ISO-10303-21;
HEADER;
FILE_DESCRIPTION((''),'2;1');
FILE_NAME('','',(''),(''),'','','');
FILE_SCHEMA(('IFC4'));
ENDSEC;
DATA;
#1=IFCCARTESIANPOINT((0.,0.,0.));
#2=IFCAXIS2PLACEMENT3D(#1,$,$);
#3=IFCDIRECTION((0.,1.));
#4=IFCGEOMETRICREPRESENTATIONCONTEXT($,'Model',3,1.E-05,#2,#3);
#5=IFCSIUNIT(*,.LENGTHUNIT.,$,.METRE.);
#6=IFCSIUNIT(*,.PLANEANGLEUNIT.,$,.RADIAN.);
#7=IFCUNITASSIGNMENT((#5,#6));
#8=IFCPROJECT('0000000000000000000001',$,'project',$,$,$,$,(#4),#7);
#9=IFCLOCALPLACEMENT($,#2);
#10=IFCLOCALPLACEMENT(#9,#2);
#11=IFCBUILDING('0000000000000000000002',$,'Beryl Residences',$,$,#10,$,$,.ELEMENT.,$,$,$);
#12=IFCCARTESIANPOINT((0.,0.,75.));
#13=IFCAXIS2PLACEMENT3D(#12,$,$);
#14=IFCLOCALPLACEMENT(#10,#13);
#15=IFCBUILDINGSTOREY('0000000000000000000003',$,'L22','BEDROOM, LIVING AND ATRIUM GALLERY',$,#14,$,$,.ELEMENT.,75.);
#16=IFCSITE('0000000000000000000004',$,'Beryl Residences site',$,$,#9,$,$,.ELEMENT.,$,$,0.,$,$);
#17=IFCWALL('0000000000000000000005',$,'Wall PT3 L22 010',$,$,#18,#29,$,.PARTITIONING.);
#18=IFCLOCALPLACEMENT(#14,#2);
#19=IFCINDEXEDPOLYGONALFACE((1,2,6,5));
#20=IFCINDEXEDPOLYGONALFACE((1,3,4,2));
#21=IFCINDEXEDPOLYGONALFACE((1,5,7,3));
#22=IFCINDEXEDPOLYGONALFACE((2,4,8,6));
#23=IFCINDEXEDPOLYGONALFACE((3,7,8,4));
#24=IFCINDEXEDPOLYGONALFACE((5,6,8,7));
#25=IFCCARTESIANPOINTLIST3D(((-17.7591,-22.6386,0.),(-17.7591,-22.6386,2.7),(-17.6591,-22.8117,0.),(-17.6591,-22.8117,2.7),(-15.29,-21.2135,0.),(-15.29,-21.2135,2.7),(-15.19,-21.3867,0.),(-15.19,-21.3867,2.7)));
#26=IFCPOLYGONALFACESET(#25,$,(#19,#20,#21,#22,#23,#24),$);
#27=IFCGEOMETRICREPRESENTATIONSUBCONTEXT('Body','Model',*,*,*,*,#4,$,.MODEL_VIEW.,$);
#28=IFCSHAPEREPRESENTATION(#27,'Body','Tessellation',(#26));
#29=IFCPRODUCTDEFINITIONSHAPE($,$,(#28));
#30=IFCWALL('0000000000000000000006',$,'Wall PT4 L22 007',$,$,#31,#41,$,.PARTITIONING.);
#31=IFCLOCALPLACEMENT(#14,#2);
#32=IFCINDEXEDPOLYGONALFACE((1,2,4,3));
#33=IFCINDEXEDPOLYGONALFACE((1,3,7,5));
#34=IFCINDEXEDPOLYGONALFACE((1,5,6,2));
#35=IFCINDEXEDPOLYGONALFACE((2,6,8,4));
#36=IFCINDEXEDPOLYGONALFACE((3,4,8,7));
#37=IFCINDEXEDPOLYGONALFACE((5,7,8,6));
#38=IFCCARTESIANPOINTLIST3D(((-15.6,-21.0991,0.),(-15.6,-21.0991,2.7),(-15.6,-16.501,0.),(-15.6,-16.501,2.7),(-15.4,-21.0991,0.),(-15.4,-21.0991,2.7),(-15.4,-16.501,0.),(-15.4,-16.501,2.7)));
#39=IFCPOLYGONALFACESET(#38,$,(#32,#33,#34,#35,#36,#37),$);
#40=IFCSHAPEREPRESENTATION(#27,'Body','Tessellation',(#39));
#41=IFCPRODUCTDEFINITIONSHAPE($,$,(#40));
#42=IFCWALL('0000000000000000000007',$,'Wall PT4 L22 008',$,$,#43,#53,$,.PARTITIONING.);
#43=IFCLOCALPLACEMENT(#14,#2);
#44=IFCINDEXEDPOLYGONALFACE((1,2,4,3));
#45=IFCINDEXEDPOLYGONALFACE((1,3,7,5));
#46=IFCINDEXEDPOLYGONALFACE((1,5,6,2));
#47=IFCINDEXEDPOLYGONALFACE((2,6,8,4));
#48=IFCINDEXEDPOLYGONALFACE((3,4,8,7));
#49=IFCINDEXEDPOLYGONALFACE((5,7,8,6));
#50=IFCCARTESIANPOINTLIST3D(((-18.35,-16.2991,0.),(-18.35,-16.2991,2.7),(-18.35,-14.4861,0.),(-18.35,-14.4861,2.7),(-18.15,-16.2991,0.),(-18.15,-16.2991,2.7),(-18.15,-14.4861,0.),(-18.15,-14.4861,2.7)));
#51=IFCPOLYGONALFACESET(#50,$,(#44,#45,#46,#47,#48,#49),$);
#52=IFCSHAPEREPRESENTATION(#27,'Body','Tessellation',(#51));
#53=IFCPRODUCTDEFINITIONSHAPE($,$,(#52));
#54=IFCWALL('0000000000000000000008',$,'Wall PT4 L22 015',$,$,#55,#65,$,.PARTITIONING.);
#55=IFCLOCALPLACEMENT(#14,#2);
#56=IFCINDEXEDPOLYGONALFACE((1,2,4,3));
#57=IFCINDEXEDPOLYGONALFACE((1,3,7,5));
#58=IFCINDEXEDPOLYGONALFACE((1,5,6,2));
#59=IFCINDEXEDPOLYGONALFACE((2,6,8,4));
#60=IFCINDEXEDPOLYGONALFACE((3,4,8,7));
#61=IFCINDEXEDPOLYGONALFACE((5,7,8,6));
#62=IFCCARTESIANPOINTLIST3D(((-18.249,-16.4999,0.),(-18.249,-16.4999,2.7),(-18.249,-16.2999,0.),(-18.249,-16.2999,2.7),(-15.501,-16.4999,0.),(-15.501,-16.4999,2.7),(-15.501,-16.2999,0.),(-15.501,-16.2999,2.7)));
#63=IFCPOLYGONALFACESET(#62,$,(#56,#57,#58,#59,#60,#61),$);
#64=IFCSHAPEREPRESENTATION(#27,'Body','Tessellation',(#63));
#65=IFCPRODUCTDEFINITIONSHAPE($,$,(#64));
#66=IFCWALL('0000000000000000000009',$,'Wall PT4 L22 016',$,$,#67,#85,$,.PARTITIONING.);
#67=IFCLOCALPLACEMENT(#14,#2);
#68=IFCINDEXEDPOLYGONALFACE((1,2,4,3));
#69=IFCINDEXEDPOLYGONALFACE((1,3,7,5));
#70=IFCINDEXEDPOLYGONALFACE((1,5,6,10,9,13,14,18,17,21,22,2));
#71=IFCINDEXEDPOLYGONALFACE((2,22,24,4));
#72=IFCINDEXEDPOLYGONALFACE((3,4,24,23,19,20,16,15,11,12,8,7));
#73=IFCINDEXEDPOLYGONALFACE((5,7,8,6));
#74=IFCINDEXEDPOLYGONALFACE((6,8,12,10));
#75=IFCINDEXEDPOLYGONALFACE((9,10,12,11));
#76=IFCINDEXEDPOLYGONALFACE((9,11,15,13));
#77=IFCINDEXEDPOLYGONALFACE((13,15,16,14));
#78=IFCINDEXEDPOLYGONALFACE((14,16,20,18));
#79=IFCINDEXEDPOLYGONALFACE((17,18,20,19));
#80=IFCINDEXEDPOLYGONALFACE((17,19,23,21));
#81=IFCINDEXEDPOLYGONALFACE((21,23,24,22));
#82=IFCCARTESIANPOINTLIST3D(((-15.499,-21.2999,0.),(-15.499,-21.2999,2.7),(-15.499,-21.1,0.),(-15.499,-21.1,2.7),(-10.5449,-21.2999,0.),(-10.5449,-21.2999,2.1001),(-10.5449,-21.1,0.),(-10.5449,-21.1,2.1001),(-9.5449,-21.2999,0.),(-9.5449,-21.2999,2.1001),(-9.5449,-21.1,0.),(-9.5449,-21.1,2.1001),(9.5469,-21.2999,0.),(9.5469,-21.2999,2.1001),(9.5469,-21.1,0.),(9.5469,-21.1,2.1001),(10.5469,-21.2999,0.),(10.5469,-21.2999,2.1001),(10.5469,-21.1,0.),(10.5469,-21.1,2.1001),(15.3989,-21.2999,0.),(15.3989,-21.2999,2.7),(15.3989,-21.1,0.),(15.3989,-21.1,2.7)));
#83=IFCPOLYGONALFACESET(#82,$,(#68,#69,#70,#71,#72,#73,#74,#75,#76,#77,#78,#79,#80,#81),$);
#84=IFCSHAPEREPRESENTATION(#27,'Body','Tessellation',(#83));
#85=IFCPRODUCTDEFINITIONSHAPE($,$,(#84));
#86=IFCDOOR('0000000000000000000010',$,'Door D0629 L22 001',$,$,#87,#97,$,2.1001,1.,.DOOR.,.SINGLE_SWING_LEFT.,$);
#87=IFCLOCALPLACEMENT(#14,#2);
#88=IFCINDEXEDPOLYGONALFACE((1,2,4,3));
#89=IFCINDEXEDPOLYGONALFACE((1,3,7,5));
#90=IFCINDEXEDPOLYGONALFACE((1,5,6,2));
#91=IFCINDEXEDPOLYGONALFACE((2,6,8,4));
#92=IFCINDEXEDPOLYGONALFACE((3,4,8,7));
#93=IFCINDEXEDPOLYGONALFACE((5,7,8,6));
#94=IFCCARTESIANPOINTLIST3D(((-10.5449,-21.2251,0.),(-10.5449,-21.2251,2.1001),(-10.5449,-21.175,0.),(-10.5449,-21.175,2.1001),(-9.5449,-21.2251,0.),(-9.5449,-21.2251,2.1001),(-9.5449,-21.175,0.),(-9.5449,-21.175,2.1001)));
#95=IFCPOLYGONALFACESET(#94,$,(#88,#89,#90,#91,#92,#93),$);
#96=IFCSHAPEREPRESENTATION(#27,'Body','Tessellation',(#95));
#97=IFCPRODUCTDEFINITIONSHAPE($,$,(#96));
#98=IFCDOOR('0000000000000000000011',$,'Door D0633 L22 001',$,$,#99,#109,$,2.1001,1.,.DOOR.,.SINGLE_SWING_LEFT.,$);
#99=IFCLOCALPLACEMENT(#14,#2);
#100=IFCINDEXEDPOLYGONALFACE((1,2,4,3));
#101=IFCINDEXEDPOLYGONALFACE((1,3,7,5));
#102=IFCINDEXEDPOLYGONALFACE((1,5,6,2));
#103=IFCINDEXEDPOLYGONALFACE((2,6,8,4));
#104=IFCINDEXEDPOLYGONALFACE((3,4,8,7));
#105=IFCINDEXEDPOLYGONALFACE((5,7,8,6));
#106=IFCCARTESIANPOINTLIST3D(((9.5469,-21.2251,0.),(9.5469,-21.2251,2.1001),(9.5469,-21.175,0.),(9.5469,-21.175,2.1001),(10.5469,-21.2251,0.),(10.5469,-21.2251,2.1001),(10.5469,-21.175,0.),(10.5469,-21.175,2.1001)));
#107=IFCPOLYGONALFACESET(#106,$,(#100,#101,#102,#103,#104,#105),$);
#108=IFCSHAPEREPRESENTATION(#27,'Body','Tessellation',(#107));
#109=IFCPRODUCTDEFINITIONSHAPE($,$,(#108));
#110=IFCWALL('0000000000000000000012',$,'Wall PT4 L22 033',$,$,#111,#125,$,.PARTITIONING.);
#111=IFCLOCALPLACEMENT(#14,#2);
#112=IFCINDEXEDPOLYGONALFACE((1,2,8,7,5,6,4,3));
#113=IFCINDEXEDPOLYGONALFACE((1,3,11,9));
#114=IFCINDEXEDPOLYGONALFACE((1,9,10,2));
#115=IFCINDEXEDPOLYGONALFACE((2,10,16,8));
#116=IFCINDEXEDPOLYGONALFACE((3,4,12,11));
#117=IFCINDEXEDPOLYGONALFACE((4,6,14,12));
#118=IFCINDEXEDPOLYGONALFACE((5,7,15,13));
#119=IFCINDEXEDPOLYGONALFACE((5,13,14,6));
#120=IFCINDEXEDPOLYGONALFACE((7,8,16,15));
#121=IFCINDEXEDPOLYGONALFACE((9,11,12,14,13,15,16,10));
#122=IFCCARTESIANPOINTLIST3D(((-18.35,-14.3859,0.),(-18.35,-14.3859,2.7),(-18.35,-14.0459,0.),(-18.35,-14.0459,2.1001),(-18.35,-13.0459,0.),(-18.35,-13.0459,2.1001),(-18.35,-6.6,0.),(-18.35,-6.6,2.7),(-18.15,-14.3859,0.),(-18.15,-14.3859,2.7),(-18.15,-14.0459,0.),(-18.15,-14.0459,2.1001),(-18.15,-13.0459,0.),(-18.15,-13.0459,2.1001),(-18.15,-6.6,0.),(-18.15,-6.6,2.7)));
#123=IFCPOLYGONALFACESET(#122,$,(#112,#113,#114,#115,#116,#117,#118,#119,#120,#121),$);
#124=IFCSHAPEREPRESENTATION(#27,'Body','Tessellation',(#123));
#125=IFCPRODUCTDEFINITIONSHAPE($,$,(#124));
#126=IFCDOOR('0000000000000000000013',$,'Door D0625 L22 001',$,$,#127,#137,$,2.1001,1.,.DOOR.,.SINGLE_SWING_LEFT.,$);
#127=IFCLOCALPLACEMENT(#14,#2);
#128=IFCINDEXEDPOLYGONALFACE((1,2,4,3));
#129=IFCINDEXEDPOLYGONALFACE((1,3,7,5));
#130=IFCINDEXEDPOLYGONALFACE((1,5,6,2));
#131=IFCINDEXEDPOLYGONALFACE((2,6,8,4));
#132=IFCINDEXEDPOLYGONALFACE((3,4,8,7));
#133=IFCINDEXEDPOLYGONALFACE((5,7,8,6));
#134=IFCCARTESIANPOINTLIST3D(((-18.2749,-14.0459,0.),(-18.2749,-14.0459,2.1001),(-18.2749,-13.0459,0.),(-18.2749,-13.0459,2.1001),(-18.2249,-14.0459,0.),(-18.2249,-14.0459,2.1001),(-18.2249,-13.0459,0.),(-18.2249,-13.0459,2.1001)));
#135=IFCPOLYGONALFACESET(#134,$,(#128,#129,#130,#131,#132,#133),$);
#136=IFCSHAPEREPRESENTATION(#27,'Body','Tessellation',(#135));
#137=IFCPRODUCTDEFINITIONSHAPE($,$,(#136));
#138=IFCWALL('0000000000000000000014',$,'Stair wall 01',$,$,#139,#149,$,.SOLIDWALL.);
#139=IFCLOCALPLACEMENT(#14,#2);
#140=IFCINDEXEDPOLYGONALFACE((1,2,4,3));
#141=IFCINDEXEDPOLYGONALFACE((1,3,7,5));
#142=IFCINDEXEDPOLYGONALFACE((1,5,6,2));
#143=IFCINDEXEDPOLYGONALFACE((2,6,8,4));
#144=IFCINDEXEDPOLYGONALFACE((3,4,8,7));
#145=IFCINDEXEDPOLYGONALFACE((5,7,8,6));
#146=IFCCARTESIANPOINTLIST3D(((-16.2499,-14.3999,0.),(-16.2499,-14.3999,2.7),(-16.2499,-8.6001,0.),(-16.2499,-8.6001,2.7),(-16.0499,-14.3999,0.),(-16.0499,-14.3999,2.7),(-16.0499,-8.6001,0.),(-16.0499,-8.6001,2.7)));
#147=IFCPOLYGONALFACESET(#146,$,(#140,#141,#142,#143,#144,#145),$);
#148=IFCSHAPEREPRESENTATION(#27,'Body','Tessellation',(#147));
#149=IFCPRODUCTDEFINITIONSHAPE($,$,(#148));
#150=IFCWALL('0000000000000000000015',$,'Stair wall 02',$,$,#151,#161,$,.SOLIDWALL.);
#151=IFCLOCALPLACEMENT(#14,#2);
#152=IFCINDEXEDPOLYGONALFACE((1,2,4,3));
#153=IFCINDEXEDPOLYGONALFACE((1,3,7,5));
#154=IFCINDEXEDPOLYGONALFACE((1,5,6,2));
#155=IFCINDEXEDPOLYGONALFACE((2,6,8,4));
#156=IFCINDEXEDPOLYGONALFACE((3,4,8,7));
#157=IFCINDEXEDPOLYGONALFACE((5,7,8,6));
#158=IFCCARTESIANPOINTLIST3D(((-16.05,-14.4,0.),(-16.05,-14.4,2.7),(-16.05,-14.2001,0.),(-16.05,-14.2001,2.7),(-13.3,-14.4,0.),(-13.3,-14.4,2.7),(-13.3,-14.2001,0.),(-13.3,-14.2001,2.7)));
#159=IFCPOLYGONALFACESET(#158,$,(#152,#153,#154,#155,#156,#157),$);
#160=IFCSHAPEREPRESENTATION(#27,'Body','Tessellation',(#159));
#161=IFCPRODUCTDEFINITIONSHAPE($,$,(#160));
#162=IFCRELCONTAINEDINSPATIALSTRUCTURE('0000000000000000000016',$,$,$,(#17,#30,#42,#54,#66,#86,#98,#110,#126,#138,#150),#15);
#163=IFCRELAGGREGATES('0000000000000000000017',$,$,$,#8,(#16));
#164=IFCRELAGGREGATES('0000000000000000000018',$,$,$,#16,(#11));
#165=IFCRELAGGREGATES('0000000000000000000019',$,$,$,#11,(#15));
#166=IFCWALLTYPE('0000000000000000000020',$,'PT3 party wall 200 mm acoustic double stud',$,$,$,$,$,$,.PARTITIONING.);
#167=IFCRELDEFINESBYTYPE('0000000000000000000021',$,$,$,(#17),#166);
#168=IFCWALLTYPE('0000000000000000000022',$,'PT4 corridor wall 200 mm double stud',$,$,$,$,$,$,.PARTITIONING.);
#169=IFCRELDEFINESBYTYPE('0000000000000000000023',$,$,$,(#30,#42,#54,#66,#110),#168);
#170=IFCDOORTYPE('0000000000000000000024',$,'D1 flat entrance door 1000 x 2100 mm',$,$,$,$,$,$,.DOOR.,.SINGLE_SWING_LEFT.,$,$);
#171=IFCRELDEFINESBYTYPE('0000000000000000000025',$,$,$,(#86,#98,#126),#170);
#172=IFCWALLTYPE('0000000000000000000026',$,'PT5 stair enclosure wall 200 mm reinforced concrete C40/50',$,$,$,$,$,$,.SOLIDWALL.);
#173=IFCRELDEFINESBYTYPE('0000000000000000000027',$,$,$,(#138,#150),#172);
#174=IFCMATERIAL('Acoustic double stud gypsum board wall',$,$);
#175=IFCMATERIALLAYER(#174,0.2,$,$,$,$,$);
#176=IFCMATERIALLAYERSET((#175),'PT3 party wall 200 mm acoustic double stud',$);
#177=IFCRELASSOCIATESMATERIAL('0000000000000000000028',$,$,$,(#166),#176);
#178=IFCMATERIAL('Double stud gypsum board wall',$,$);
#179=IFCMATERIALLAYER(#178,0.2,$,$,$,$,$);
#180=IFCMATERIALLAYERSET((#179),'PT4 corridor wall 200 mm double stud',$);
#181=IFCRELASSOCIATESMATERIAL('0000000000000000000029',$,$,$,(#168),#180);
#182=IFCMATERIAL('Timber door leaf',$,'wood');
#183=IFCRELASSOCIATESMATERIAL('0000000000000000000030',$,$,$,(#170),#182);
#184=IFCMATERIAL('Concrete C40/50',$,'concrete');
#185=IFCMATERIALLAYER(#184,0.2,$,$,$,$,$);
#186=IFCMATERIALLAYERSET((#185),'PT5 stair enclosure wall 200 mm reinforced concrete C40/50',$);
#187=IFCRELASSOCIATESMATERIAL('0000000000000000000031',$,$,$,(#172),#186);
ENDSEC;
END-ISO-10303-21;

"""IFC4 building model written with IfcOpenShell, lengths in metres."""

from ifc_helpers import new_model, si_unit, direction, frame, frame_2d, origin, place, context, subcontext, project, spatial, rectangle, extrude, material, layer, layer_set, type_object, element, fill, save


model = new_model("IFC4")

# Units and contexts
model_context = context("Model", 3, precision=1e-05, world=origin(), true_north=direction((0.0, 1.0)))
body_context = subcontext(model_context, "Body", "Model", "MODEL_VIEW")
ifc_project = project(units=[si_unit("LENGTHUNIT", "METRE"), si_unit("PLANEANGLEUNIT", "RADIAN")], contexts=[model_context])

# Site, building, storey
site_placement = place(None, origin())
site = spatial("IfcSite", under=ifc_project, at=site_placement, Name="Beryl Residences site", CompositionType="ELEMENT", RefElevation=0.0)
building_placement = place(site_placement, origin())
building = spatial("IfcBuilding", under=site, at=building_placement, Name="Beryl Residences", CompositionType="ELEMENT")
storey_placement = place(building_placement, frame((0.0, 0.0, 75.0)))
storey = spatial("IfcBuildingStorey", under=building, at=storey_placement, Name="L22", Description="BEDROOM, LIVING AND ATRIUM GALLERY", CompositionType="ELEMENT", Elevation=75.0)

# Walls
ifc_material_1 = material(Name="Acoustic double stud gypsum board wall")
ifc_layer_1 = layer(ifc_material_1, 0.2)
ifc_layer_set_1 = layer_set([ifc_layer_1], Name="PT3 party wall 200 mm acoustic double stud")
wall_type_1 = type_object("IfcWallType", Name="PT3 party wall 200 mm acoustic double stud", PredefinedType="PARTITIONING", material=ifc_layer_set_1)
wall_1_placement = place(storey_placement, frame((-17.709, -22.7251, 0.0), z_axis=(0.0, 0.0, 1.0), x_axis=(0.86609, 0.499888, 0.0)))
element("IfcWall", 1, at=wall_1_placement, inside=storey, type_object=wall_type_1, Name="Wall PT3 L22 010", PredefinedType="PARTITIONING", context=body_context, shape_type="SweptSolid", body=[
    extrude(rectangle(XDim=2.8508, YDim=0.2, at=frame_2d((1.4253, 0.0))), origin(), (0.0, 0.0, 1.0), 2.7),
])
ifc_material_2 = material(Name="Double stud gypsum board wall")
ifc_layer_2 = layer(ifc_material_2, 0.2)
ifc_layer_set_2 = layer_set([ifc_layer_2], Name="PT4 corridor wall 200 mm double stud")
wall_type_2 = type_object("IfcWallType", Name="PT4 corridor wall 200 mm double stud", PredefinedType="PARTITIONING", material=ifc_layer_set_2)
wall_2_placement = place(storey_placement, frame((-15.5, -16.501, 0.0), z_axis=(0.0, 0.0, 1.0), x_axis=(0.0, -1.0, 0.0)))
element("IfcWall", 2, at=wall_2_placement, inside=storey, type_object=wall_type_2, Name="Wall PT4 L22 007", PredefinedType="PARTITIONING", context=body_context, shape_type="SweptSolid", body=[
    extrude(rectangle(XDim=4.5981, YDim=0.2, at=frame_2d((2.2991, 0.0))), origin(), (0.0, 0.0, 1.0), 2.7),
])
wall_3_placement = place(storey_placement, frame((-18.25, -14.4861, 0.0), z_axis=(0.0, 0.0, 1.0), x_axis=(0.0, -1.0, 0.0)))
element("IfcWall", 3, at=wall_3_placement, inside=storey, type_object=wall_type_2, Name="Wall PT4 L22 008", PredefinedType="PARTITIONING", context=body_context, shape_type="SweptSolid", body=[
    extrude(rectangle(XDim=1.813, YDim=0.2, at=frame_2d((0.9065, 0.0))), origin(), (0.0, 0.0, 1.0), 2.7),
])
wall_4_placement = place(storey_placement, frame((-18.249, -16.3999, 0.0), z_axis=(0.0, 0.0, 1.0), x_axis=(1.0, 0.0, 0.0)))
element("IfcWall", 4, at=wall_4_placement, inside=storey, type_object=wall_type_2, Name="Wall PT4 L22 015", PredefinedType="PARTITIONING", context=body_context, shape_type="SweptSolid", body=[
    extrude(rectangle(XDim=2.748, YDim=0.2, at=frame_2d((1.374, 0.0))), origin(), (0.0, 0.0, 1.0), 2.7),
])

# Wall, openings, doors
wall_5_placement = place(storey_placement, frame((-15.499, -21.2, 0.0), z_axis=(0.0, 0.0, 1.0), x_axis=(1.0, 0.0, 0.0)))
wall_5 = element("IfcWall", 5, at=wall_5_placement, inside=storey, type_object=wall_type_2, Name="Wall PT4 L22 016", PredefinedType="PARTITIONING", context=body_context, shape_type="SweptSolid", body=[
    extrude(rectangle(XDim=30.8979, YDim=0.2, at=frame_2d((15.449, 0.0))), origin(), (0.0, 0.0, 1.0), 2.7),
])
opening_1_placement = place(wall_5_placement, frame((4.9541, 0.0, 0.0)))
opening_1 = element("IfcOpeningElement", 6, at=opening_1_placement, cuts=wall_5, PredefinedType="OPENING", context=body_context, shape_type="SweptSolid", body=[
    extrude(rectangle(XDim=1.0, YDim=2.1001, at=frame_2d((0.5, 1.05))), frame((0.0, 0.1099, 0.0), z_axis=(0.0, -1.0, 0.0), x_axis=(1.0, 0.0, 0.0)), (0.0, 0.0, 1.0), 0.22),
])
opening_2_placement = place(wall_5_placement, frame((25.0459, 0.0, 0.0)))
opening_2 = element("IfcOpeningElement", 7, at=opening_2_placement, cuts=wall_5, PredefinedType="OPENING", context=body_context, shape_type="SweptSolid", body=[
    extrude(rectangle(XDim=1.0, YDim=2.1001, at=frame_2d((0.5, 1.05))), frame((0.0, 0.1099, 0.0), z_axis=(0.0, -1.0, 0.0), x_axis=(1.0, 0.0, 0.0)), (0.0, 0.0, 1.0), 0.22),
])
ifc_material_3 = material(Name="Timber door leaf", Category="wood")
door_type_1 = type_object("IfcDoorType", Name="D1 flat entrance door 1000 x 2100 mm", OperationType="SINGLE_SWING_LEFT", PredefinedType="DOOR", material=ifc_material_3)
door_1_placement = place(opening_1_placement, origin())
door_1 = element("IfcDoor", 8, at=door_1_placement, inside=storey, type_object=door_type_1, Name="Door D0629 L22 001", OperationType="SINGLE_SWING_LEFT", OverallHeight=2.1001, OverallWidth=1.0, PredefinedType="DOOR", context=body_context, shape_type="SweptSolid", body=[
    extrude(rectangle(XDim=1.0, YDim=2.1001, at=frame_2d((0.5, 1.05))), frame((0.0, 0.0249, 0.0), z_axis=(0.0, -1.0, 0.0), x_axis=(1.0, 0.0, 0.0)), (0.0, 0.0, 1.0), 0.05),
])
fill(opening_1, door_1)
door_2_placement = place(opening_2_placement, origin())
door_2 = element("IfcDoor", 9, at=door_2_placement, inside=storey, type_object=door_type_1, Name="Door D0633 L22 001", OperationType="SINGLE_SWING_LEFT", OverallHeight=2.1001, OverallWidth=1.0, PredefinedType="DOOR", context=body_context, shape_type="SweptSolid", body=[
    extrude(rectangle(XDim=1.0, YDim=2.1001, at=frame_2d((0.5, 1.05))), frame((0.0, 0.0249, 0.0), z_axis=(0.0, -1.0, 0.0), x_axis=(1.0, 0.0, 0.0)), (0.0, 0.0, 1.0), 0.05),
])
fill(opening_2, door_2)

# Wall, opening, door
wall_6_placement = place(storey_placement, frame((-18.25, -14.386, 0.0), z_axis=(0.0, 0.0, 1.0), x_axis=(0.0, 1.0, 0.0)))
wall_6 = element("IfcWall", 10, at=wall_6_placement, inside=storey, type_object=wall_type_2, Name="Wall PT4 L22 033", PredefinedType="PARTITIONING", context=body_context, shape_type="SweptSolid", body=[
    extrude(rectangle(XDim=7.7859, YDim=0.2, at=frame_2d((3.8931, 0.0))), origin(), (0.0, 0.0, 1.0), 2.7),
])
opening_3_placement = place(wall_6_placement, frame((0.3401, 0.0, 0.0)))
opening_3 = element("IfcOpeningElement", 11, at=opening_3_placement, cuts=wall_6, PredefinedType="OPENING", context=body_context, shape_type="SweptSolid", body=[
    extrude(rectangle(XDim=1.0, YDim=2.1001, at=frame_2d((0.5, 1.05))), frame((0.0, 0.1099, 0.0), z_axis=(0.0, -1.0, 0.0), x_axis=(1.0, 0.0, 0.0)), (0.0, 0.0, 1.0), 0.22),
])
door_3_placement = place(opening_3_placement, origin())
door_3 = element("IfcDoor", 12, at=door_3_placement, inside=storey, type_object=door_type_1, Name="Door D0625 L22 001", OperationType="SINGLE_SWING_LEFT", OverallHeight=2.1001, OverallWidth=1.0, PredefinedType="DOOR", context=body_context, shape_type="SweptSolid", body=[
    extrude(rectangle(XDim=1.0, YDim=2.1001, at=frame_2d((0.5, 1.05))), frame((0.0, 0.0249, 0.0), z_axis=(0.0, -1.0, 0.0), x_axis=(1.0, 0.0, 0.0)), (0.0, 0.0, 1.0), 0.05),
])
fill(opening_3, door_3)

# Walls
ifc_material_4 = material(Name="Concrete C40/50", Category="concrete")
ifc_layer_3 = layer(ifc_material_4, 0.2)
ifc_layer_set_3 = layer_set([ifc_layer_3], Name="PT5 stair enclosure wall 200 mm reinforced concrete C40/50")
wall_type_3 = type_object("IfcWallType", Name="PT5 stair enclosure wall 200 mm reinforced concrete C40/50", PredefinedType="SOLIDWALL", material=ifc_layer_set_3)
wall_7_placement = place(storey_placement, frame((-16.1499, -14.3999, 0.0), z_axis=(0.0, 0.0, 1.0), x_axis=(0.0, 1.0, 0.0)))
element("IfcWall", 13, at=wall_7_placement, inside=storey, type_object=wall_type_3, Name="Stair wall 01", PredefinedType="SOLIDWALL", context=body_context, shape_type="SweptSolid", body=[
    extrude(rectangle(XDim=5.7998, YDim=0.2, at=frame_2d((2.8999, 0.0))), origin(), (0.0, 0.0, 1.0), 2.7),
])
wall_8_placement = place(storey_placement, frame((-16.05, -14.3, 0.0), z_axis=(0.0, 0.0, 1.0), x_axis=(1.0, 0.0, 0.0)))
element("IfcWall", 14, at=wall_8_placement, inside=storey, type_object=wall_type_3, Name="Stair wall 02", PredefinedType="SOLIDWALL", context=body_context, shape_type="SweptSolid", body=[
    extrude(rectangle(XDim=2.75, YDim=0.2, at=frame_2d((1.375, 0.0))), origin(), (0.0, 0.0, 1.0), 2.7),
])

save(model, "model.ifc")
